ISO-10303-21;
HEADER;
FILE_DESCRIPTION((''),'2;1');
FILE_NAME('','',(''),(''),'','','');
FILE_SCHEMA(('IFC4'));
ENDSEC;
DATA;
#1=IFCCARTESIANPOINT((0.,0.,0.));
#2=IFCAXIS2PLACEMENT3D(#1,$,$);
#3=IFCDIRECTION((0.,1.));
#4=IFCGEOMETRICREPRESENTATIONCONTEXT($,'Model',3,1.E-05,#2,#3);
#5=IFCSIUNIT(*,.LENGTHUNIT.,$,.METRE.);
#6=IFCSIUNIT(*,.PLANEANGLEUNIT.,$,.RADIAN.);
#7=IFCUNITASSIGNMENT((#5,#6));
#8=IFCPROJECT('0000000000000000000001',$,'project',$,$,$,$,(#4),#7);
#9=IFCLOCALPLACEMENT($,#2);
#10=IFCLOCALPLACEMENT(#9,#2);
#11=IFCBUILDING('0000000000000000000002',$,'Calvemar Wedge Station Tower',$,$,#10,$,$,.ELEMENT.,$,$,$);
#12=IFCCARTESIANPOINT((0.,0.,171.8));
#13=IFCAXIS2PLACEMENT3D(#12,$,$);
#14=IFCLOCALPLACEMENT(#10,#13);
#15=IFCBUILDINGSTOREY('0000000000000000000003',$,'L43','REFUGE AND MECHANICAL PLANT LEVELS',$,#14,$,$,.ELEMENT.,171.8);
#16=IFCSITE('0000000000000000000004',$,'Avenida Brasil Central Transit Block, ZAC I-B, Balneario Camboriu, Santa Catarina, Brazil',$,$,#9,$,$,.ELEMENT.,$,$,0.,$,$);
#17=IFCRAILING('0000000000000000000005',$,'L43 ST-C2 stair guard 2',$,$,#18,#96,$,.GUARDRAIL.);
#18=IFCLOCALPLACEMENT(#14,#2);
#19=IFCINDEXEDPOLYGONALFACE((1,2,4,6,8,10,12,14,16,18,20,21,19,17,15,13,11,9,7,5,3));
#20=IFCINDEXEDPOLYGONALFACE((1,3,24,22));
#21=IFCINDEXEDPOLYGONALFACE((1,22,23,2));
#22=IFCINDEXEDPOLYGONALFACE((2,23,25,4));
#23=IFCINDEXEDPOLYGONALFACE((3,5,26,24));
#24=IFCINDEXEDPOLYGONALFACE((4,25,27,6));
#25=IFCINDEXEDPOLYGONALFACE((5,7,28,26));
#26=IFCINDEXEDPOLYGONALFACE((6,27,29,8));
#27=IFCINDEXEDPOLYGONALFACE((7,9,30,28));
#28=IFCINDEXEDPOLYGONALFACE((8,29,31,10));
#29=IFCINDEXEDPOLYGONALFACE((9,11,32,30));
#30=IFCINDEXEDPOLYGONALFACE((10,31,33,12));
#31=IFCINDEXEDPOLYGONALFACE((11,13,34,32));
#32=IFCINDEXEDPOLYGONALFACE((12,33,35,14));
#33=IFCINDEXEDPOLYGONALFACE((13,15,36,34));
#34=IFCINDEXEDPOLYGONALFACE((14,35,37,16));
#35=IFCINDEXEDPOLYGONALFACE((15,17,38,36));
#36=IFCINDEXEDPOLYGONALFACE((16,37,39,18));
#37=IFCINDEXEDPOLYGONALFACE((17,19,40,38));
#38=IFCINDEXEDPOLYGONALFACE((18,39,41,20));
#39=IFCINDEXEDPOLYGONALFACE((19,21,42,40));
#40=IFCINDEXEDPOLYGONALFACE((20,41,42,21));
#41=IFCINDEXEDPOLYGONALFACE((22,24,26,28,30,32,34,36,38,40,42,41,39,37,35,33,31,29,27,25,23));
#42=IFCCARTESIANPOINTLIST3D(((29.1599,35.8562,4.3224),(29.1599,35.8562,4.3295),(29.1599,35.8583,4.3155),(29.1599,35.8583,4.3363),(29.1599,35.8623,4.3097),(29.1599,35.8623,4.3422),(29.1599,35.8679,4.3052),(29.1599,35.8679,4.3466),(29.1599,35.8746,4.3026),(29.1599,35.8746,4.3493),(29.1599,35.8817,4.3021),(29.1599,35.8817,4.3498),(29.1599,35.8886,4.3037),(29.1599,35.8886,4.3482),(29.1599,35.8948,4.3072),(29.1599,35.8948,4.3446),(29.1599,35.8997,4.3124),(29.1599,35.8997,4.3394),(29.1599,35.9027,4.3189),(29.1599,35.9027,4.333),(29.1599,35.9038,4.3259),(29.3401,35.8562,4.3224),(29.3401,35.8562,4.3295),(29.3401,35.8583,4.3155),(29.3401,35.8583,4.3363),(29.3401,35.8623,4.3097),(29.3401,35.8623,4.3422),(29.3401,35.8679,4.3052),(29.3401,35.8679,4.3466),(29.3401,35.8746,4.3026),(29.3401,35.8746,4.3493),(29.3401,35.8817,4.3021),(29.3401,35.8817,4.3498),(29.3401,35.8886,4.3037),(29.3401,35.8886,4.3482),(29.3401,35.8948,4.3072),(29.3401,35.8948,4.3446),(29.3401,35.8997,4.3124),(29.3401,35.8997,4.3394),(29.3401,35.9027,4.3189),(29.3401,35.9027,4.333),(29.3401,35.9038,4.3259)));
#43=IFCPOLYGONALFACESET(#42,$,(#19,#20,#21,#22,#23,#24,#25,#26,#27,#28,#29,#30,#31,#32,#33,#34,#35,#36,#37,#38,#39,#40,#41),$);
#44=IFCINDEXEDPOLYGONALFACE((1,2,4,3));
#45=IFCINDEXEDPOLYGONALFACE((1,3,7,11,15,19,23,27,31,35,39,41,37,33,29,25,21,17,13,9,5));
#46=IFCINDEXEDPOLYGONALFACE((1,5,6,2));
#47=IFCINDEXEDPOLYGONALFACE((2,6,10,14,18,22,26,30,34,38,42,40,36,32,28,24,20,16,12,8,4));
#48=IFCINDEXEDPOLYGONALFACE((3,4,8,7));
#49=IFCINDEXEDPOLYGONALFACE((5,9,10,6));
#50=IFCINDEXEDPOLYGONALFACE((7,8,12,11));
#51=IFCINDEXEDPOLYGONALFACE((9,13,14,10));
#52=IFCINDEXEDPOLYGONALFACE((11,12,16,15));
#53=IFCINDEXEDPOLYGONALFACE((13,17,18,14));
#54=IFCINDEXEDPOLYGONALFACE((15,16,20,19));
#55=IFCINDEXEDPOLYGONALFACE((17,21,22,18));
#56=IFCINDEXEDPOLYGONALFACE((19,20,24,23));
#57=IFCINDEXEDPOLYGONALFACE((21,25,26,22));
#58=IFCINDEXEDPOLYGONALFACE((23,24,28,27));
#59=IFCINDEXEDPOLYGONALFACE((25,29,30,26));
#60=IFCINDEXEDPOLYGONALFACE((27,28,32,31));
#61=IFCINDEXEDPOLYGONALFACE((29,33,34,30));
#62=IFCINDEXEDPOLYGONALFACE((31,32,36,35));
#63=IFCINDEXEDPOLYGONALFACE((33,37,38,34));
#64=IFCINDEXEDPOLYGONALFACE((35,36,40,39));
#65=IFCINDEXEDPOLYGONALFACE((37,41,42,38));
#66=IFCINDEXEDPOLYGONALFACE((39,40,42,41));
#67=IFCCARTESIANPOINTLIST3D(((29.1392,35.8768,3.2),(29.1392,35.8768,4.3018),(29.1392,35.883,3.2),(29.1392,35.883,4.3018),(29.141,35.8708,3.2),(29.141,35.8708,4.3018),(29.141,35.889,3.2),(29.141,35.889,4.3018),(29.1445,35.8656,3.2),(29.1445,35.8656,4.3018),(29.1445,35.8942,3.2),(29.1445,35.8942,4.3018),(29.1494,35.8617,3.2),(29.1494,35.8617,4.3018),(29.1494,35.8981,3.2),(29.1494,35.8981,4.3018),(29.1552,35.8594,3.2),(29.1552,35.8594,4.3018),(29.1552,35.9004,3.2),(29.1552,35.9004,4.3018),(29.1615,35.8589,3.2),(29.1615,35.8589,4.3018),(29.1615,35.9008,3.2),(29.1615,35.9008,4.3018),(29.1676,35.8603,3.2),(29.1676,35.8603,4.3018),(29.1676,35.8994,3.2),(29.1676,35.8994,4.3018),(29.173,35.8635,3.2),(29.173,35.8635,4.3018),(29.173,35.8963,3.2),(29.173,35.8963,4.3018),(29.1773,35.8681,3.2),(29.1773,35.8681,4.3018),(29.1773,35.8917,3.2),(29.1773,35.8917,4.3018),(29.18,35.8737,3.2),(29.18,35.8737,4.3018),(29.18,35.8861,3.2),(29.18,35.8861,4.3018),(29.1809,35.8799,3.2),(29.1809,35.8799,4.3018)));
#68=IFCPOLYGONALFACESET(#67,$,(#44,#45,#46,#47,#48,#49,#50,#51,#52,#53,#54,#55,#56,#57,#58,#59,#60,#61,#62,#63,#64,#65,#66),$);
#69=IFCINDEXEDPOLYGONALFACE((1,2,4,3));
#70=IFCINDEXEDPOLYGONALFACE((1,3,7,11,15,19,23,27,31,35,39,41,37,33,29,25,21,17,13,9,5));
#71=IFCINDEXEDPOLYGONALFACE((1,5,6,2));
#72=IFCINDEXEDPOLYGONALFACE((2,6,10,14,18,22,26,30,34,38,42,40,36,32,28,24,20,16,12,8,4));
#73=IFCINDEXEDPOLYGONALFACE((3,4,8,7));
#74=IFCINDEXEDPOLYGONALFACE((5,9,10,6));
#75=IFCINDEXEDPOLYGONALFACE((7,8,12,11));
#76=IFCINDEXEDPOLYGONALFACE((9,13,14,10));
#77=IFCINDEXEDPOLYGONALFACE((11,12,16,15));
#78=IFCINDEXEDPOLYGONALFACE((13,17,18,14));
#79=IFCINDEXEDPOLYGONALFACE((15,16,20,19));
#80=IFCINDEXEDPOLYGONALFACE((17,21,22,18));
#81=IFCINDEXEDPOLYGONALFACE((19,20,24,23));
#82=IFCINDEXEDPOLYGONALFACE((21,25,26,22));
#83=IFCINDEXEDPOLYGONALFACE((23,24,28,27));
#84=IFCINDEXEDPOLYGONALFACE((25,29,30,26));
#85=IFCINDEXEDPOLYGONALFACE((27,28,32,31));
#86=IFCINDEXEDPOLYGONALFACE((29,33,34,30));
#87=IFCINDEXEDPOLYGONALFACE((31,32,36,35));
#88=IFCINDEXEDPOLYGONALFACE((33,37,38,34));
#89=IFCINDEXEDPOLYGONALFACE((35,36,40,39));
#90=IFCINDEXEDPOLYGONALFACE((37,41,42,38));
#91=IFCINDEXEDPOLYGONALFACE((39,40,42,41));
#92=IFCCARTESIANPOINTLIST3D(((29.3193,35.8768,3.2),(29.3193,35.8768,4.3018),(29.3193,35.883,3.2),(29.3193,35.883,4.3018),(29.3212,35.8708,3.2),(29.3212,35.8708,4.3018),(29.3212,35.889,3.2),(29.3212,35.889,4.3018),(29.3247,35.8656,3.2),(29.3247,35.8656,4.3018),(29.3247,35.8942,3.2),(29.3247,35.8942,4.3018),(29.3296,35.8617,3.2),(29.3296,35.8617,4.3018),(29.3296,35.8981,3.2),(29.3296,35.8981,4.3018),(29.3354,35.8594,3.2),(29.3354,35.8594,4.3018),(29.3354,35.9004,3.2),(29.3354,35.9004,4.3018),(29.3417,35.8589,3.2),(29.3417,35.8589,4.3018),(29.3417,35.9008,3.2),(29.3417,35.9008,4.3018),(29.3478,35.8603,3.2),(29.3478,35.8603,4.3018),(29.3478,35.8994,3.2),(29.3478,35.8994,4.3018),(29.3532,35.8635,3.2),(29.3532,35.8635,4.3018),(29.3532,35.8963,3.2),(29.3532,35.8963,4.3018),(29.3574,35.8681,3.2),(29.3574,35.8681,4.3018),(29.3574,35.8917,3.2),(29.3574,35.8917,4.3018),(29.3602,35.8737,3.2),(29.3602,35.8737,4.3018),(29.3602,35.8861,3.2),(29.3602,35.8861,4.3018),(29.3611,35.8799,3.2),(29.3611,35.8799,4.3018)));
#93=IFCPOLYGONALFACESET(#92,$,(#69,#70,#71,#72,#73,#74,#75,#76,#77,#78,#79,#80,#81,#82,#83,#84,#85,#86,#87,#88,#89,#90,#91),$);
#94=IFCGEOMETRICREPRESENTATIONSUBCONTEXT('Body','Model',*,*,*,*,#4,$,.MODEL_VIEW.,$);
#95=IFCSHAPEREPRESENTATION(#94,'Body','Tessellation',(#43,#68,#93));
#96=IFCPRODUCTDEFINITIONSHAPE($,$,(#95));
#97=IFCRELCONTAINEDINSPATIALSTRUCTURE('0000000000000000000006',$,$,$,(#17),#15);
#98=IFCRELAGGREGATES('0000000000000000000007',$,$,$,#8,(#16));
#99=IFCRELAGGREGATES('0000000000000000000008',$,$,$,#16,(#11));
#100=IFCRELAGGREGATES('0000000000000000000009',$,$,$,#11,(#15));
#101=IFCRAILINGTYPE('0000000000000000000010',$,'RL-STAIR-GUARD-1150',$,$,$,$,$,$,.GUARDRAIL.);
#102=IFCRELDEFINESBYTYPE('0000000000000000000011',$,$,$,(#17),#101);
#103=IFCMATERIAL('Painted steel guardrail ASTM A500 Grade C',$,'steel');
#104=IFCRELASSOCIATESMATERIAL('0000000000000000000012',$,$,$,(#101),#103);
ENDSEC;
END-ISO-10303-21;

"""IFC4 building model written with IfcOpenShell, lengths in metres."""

from ifc_helpers import new_model, si_unit, direction, frame, origin, origin_2d, place, context, subcontext, project, spatial, circle, extrude, material, type_object, element, save


model = new_model("IFC4")

# Units and contexts
model_context = context("Model", 3, precision=1e-05, world=origin(), true_north=direction((0.0, 1.0)))
body_context = subcontext(model_context, "Body", "Model", "MODEL_VIEW")
ifc_project = project(units=[si_unit("LENGTHUNIT", "METRE"), si_unit("PLANEANGLEUNIT", "RADIAN")], contexts=[model_context])

# Site, building, storey
site_placement = place(None, origin())
site = spatial("IfcSite", under=ifc_project, at=site_placement, Name="Avenida Brasil Central Transit Block, ZAC I-B, Balneario Camboriu, Santa Catarina, Brazil", CompositionType="ELEMENT", RefElevation=0.0)
building_placement = place(site_placement, origin())
building = spatial("IfcBuilding", under=site, at=building_placement, Name="Calvemar Wedge Station Tower", CompositionType="ELEMENT")
storey_placement = place(building_placement, frame((0.0, 0.0, 171.8)))
storey = spatial("IfcBuildingStorey", under=building, at=storey_placement, Name="L43", Description="REFUGE AND MECHANICAL PLANT LEVELS", CompositionType="ELEMENT", Elevation=171.8)

# Railing
ifc_material_1 = material(Name="Painted steel guardrail ASTM A500 Grade C", Category="steel")
railing_type_1 = type_object("IfcRailingType", Name="RL-STAIR-GUARD-1150", PredefinedType="GUARDRAIL", material=ifc_material_1)
railing_1_placement = place(storey_placement, frame((29.1599, 35.8799, 3.2)))
element("IfcRailing", 1, at=railing_1_placement, inside=storey, type_object=railing_type_1, Name="L43 ST-C2 stair guard 2", PredefinedType="GUARDRAIL", context=body_context, shape_type="SweptSolid", body=[
    extrude(circle(Radius=0.0239, at=origin_2d()), frame((0.0, 0.0, 1.126), z_axis=(1.0, 0.0, 0.0), x_axis=(0.0, 1.0, 0.0)), (0.0, 0.0, 1.0), 0.1802),
    extrude(circle(Radius=0.021, at=origin_2d()), origin(), (0.0, 0.0, 1.0), 1.1018),
    extrude(circle(Radius=0.021, at=origin_2d()), frame((0.1802, 0.0, 0.0)), (0.0, 0.0, 1.0), 1.1018),
])

save(model, "model.ifc")
